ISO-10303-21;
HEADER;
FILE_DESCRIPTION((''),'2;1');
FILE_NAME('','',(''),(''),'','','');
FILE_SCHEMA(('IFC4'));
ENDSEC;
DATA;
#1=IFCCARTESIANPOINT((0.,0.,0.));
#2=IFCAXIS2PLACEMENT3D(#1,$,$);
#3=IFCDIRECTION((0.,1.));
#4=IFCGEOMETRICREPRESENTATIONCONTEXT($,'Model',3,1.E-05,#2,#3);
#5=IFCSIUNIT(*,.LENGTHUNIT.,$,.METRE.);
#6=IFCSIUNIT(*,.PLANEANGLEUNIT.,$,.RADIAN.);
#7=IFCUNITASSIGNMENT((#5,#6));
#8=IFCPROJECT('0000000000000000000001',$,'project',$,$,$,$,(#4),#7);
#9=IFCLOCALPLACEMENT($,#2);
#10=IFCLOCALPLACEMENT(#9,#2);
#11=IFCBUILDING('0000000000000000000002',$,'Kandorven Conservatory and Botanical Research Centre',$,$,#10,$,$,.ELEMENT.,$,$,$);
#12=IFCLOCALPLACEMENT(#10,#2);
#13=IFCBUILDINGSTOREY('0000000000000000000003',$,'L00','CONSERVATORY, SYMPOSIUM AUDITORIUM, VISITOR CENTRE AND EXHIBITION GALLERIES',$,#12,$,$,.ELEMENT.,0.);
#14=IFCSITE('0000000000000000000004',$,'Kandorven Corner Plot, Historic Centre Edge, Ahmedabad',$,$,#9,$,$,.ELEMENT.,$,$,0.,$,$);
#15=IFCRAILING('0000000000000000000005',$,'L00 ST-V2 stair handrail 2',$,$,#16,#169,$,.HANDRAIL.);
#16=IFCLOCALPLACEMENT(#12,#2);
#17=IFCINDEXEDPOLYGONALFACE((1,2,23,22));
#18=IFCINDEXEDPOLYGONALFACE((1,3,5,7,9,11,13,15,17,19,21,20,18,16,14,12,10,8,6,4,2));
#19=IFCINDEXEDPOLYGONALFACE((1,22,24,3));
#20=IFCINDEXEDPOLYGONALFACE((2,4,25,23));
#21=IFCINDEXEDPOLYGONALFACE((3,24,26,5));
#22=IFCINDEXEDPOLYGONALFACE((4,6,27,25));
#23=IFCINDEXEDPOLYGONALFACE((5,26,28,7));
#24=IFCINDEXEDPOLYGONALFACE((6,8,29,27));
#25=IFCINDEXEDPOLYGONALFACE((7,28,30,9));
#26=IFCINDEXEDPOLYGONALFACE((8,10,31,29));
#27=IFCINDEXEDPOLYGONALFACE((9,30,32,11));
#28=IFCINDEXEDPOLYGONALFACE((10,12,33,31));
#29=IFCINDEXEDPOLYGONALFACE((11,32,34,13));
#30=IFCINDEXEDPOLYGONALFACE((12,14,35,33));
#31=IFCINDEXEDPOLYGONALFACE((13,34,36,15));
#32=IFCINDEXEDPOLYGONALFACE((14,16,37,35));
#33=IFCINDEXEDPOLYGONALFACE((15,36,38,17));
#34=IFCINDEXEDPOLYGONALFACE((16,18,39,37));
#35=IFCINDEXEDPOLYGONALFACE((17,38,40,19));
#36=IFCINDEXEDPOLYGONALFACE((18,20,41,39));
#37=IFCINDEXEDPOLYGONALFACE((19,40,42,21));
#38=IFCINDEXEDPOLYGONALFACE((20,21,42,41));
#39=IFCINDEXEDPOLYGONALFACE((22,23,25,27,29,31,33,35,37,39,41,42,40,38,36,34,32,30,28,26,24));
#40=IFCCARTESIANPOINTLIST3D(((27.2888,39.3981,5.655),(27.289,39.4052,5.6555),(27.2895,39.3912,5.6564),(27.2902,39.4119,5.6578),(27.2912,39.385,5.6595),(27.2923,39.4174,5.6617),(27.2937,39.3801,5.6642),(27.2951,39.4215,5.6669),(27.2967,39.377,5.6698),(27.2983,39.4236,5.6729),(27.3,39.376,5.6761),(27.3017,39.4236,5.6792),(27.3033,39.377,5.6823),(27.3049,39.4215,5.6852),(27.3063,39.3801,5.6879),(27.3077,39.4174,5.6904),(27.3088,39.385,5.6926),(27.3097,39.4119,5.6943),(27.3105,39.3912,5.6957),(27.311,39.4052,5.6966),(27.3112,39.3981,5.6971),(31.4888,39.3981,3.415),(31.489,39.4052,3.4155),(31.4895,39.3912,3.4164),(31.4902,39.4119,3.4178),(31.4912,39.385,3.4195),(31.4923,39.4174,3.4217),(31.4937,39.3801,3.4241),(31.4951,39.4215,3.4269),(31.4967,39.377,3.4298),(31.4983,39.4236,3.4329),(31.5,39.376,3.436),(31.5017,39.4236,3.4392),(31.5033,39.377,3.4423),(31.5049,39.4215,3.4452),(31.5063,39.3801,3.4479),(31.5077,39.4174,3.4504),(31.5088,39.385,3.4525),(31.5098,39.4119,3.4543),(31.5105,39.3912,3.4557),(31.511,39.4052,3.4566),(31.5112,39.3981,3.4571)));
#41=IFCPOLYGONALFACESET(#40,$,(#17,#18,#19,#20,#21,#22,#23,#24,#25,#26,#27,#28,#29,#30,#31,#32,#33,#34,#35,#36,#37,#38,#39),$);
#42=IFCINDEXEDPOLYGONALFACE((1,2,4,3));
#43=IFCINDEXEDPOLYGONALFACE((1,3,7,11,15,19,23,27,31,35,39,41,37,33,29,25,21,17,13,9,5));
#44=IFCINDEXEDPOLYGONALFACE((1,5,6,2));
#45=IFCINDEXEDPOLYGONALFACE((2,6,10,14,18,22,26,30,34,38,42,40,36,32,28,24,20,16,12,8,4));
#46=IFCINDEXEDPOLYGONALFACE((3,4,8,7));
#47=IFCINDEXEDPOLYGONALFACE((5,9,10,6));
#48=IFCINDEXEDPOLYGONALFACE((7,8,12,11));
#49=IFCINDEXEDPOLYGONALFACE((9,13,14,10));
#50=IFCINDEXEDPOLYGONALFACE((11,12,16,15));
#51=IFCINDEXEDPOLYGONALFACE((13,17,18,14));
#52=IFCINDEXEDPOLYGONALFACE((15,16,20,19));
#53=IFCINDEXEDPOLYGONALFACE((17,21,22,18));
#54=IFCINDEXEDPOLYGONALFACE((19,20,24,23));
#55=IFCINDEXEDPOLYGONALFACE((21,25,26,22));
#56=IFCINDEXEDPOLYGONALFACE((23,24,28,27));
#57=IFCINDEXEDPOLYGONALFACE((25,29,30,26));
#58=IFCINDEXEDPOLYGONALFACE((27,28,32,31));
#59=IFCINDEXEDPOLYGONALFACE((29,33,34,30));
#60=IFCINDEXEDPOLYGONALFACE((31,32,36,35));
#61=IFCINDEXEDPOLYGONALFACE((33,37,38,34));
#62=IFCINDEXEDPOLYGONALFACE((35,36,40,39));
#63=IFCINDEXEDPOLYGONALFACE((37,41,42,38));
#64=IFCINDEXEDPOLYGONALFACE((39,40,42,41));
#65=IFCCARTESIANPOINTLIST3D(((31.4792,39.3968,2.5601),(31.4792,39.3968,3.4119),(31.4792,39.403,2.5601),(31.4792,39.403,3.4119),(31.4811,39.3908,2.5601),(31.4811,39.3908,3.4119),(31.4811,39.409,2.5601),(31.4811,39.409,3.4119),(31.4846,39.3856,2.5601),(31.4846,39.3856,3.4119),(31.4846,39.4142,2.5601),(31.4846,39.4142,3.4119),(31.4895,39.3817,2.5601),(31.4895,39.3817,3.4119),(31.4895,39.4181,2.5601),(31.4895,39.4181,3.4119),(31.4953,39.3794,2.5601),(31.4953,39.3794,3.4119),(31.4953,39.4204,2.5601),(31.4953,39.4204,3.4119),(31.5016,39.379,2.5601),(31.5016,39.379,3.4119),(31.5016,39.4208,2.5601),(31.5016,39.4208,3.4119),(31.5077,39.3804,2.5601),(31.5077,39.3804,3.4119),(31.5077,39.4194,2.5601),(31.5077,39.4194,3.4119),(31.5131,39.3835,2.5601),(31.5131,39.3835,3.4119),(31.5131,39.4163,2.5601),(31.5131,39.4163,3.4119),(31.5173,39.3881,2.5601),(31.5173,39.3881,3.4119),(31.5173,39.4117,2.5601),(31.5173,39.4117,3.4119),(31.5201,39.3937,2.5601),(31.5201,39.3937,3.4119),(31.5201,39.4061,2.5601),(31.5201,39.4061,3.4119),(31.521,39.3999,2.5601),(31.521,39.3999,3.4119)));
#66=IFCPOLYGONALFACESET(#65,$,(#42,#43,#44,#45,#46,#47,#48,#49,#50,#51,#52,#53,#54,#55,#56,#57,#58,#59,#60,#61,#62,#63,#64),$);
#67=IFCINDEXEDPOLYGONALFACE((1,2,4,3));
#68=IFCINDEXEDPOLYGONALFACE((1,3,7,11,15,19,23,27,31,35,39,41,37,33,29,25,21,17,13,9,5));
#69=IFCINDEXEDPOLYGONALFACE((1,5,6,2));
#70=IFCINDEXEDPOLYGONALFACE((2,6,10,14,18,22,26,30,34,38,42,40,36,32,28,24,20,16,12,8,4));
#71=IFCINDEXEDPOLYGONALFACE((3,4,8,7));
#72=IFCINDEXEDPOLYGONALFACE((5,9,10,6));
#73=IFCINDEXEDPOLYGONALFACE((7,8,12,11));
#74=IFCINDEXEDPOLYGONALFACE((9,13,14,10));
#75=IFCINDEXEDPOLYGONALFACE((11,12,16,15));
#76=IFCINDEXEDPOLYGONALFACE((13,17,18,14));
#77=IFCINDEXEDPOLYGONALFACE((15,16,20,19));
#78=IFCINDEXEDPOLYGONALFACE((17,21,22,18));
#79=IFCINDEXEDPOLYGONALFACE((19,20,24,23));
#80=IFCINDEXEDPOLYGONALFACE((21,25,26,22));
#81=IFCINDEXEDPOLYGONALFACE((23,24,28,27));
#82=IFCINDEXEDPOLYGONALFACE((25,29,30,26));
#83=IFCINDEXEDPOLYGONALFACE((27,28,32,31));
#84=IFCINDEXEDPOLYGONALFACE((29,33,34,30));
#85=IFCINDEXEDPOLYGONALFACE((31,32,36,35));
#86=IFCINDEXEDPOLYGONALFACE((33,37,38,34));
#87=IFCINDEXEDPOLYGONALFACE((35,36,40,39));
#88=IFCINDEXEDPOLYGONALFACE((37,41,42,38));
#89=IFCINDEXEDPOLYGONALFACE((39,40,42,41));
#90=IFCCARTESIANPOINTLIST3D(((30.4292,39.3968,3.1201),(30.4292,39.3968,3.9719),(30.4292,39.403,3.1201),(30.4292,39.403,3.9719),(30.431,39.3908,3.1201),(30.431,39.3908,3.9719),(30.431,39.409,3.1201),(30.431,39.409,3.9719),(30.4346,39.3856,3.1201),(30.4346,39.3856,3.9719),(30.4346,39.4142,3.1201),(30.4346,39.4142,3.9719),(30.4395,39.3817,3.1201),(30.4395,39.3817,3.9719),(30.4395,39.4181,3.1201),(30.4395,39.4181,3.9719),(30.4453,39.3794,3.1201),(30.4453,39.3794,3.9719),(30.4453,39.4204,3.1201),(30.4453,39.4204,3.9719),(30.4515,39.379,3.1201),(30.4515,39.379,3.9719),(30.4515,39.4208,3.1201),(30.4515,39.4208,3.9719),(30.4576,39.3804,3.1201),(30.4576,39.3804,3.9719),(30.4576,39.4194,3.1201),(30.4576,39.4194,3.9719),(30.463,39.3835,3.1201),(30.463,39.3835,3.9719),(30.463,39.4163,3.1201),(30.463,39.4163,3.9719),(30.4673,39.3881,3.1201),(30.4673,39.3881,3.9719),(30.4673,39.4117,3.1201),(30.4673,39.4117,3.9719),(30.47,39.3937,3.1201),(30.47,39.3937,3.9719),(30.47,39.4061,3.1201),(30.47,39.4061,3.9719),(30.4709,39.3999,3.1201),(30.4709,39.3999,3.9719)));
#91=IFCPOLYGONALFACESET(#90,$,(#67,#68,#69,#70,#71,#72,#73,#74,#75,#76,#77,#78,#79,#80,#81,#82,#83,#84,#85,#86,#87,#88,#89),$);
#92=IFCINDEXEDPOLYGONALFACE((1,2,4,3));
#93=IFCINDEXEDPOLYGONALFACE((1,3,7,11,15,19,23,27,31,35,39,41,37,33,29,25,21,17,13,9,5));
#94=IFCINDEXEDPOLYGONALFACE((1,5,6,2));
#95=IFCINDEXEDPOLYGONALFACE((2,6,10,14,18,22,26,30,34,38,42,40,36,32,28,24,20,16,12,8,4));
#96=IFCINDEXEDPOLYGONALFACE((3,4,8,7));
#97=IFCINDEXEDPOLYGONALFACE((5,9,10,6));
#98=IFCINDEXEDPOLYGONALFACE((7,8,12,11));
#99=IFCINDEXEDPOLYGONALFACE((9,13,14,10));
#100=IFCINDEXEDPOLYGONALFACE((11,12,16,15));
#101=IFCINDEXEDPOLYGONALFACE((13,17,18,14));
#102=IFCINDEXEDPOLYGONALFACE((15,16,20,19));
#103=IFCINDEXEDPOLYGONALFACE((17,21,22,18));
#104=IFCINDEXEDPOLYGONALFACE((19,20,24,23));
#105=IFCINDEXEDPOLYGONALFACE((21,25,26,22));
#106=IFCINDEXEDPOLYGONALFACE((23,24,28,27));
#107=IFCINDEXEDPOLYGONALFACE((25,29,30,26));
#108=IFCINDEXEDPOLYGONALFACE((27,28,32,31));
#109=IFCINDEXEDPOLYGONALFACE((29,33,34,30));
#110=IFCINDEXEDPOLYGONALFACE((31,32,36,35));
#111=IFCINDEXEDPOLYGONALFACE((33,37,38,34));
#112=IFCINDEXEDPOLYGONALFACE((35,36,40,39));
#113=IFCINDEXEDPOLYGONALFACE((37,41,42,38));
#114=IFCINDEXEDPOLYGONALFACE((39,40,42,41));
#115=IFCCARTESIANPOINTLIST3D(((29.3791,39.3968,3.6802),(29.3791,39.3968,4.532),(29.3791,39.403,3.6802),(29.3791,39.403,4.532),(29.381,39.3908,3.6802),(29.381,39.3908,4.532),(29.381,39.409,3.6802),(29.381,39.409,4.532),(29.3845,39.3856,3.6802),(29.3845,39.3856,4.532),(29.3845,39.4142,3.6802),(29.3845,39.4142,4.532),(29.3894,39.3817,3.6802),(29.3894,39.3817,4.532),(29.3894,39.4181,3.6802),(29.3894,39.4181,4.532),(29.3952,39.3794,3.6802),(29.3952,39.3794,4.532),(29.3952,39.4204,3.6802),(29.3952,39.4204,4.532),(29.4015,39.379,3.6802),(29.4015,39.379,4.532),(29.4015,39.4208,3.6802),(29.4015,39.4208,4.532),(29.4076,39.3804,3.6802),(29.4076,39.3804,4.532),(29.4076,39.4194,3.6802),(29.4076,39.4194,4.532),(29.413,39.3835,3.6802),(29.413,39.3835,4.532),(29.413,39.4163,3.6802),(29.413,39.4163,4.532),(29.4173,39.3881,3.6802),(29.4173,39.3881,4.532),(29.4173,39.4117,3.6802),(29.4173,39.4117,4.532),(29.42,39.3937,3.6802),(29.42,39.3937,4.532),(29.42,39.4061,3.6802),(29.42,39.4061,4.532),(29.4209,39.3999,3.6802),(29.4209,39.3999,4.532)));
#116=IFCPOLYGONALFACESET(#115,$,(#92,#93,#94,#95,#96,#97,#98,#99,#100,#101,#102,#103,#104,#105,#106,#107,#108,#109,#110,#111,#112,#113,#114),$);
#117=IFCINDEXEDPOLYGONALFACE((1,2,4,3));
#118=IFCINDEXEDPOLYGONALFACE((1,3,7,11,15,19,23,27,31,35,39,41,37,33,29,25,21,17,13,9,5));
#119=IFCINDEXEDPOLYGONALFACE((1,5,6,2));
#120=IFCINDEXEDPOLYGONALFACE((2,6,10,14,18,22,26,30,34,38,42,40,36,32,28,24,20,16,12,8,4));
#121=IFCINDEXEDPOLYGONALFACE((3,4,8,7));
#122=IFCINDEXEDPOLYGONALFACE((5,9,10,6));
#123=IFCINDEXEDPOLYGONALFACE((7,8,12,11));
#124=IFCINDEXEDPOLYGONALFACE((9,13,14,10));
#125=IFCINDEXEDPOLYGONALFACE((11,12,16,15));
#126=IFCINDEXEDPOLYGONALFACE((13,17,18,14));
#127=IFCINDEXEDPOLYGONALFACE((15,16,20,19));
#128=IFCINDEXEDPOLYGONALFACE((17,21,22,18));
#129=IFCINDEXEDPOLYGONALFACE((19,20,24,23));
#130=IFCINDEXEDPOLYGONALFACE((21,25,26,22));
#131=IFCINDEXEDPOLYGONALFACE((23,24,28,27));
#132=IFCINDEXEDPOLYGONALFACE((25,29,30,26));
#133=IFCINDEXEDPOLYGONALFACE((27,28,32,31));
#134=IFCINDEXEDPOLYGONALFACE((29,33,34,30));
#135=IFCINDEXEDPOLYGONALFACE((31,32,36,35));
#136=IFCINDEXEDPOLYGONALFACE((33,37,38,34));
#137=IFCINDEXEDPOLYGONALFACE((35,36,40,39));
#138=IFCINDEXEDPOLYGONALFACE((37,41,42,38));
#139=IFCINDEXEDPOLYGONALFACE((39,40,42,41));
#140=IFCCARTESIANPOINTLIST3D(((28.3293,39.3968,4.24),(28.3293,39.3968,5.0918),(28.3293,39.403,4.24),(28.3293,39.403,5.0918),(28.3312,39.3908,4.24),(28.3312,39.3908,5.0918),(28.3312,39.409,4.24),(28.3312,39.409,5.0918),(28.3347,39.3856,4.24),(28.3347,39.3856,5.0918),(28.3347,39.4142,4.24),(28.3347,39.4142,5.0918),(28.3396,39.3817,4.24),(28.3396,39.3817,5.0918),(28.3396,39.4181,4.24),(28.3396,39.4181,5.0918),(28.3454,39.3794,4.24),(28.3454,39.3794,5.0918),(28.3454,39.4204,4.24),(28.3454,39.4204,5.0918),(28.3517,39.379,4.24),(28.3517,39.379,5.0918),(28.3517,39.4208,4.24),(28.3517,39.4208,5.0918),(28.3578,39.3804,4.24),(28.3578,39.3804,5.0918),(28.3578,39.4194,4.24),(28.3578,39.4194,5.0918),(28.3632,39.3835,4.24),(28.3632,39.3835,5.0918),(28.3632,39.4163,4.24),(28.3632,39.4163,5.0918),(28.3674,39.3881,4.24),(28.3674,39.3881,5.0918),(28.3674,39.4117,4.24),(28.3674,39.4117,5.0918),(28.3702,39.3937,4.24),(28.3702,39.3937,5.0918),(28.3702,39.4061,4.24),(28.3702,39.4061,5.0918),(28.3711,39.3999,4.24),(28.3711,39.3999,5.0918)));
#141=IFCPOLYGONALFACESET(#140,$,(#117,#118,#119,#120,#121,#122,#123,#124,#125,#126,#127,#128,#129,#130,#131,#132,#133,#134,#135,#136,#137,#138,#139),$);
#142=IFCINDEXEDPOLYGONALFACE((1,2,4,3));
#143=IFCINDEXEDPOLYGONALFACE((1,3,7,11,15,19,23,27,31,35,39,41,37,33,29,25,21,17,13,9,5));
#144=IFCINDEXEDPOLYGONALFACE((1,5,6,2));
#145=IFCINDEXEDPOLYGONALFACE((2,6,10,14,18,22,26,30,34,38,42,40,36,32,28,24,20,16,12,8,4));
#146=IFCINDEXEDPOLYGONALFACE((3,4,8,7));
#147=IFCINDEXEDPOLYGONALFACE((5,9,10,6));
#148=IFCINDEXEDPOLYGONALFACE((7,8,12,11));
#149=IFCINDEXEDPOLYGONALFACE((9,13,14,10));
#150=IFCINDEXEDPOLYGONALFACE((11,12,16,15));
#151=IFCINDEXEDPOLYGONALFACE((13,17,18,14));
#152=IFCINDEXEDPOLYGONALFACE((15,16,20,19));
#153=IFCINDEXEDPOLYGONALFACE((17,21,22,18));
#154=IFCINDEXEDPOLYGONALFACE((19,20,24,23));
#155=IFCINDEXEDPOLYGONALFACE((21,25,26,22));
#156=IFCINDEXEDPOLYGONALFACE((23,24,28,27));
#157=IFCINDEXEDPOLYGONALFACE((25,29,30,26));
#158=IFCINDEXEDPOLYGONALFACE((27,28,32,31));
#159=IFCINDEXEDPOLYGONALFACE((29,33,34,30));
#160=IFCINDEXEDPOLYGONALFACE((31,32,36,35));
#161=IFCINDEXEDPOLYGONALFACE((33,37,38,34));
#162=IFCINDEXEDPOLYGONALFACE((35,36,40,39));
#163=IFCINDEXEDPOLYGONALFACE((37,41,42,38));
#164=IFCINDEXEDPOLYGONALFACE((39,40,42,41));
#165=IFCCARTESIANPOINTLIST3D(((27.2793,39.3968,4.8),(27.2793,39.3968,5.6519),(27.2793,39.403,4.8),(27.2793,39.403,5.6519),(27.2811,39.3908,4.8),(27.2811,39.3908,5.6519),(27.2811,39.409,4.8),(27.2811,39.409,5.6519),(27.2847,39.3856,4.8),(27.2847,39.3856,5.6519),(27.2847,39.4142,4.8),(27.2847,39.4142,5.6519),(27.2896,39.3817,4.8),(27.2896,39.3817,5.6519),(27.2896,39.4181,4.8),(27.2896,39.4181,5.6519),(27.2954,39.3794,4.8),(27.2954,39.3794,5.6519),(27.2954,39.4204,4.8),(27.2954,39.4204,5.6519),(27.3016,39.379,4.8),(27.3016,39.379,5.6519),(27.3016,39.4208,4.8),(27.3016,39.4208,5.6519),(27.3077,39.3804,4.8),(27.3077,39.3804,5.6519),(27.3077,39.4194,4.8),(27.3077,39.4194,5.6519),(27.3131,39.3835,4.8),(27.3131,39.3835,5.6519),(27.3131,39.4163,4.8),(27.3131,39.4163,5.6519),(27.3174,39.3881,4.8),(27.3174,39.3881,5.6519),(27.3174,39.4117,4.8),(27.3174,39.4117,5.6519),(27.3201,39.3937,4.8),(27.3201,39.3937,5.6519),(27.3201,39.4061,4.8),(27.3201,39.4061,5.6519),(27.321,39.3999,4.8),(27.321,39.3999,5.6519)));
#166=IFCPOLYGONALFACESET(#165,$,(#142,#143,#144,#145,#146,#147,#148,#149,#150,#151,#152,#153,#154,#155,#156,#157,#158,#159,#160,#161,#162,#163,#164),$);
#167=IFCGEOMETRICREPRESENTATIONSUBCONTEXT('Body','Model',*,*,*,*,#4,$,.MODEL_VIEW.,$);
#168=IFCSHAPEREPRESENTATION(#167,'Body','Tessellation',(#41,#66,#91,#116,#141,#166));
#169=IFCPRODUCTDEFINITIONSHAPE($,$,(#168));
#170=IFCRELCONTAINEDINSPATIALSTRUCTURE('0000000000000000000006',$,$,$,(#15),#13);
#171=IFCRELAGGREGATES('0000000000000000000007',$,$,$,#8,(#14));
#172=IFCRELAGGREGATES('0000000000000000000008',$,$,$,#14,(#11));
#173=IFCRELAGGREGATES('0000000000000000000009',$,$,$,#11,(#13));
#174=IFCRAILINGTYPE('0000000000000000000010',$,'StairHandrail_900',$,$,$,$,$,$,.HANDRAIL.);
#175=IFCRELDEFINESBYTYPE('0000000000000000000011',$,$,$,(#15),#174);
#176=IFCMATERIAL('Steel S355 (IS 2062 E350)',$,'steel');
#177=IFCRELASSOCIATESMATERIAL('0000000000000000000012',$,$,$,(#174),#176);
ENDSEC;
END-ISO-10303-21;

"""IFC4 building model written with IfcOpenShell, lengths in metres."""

from ifc_helpers import new_model, si_unit, direction, frame, origin, origin_2d, place, context, subcontext, project, spatial, circle, extrude, material, type_object, element, save


model = new_model("IFC4")

# Units and contexts
model_context = context("Model", 3, precision=1e-05, world=origin(), true_north=direction((0.0, 1.0)))
body_context = subcontext(model_context, "Body", "Model", "MODEL_VIEW")
ifc_project = project(units=[si_unit("LENGTHUNIT", "METRE"), si_unit("PLANEANGLEUNIT", "RADIAN")], contexts=[model_context])

# Site, building, storey
site_placement = place(None, origin())
site = spatial("IfcSite", under=ifc_project, at=site_placement, Name="Kandorven Corner Plot, Historic Centre Edge, Ahmedabad", CompositionType="ELEMENT", RefElevation=0.0)
building_placement = place(site_placement, origin())
building = spatial("IfcBuilding", under=site, at=building_placement, Name="Kandorven Conservatory and Botanical Research Centre", CompositionType="ELEMENT")
storey_placement = place(building_placement, origin())
storey = spatial("IfcBuildingStorey", under=building, at=storey_placement, Name="L00", Description="CONSERVATORY, SYMPOSIUM AUDITORIUM, VISITOR CENTRE AND EXHIBITION GALLERIES", CompositionType="ELEMENT", Elevation=0.0)

# Railing
ifc_material_1 = material(Name="Steel S355 (IS 2062 E350)", Category="steel")
railing_type_1 = type_object("IfcRailingType", Name="StairHandrail_900", PredefinedType="HANDRAIL", material=ifc_material_1)
railing_1_placement = place(storey_placement, frame((31.5, 39.3999, 2.5601)))
element("IfcRailing", 1, at=railing_1_placement, inside=storey, type_object=railing_type_1, Name="L00 ST-V2 stair handrail 2", PredefinedType="HANDRAIL", context=body_context, shape_type="SweptSolid", body=[
    extrude(circle(Radius=0.0239, at=origin_2d()), frame((0.0, 0.0, 0.876), z_axis=(-0.882352, 0.0, 0.470591), x_axis=(0.0, -1.0, 0.0)), (0.0, 0.0, 1.0), 4.76),
    extrude(circle(Radius=0.021, at=origin_2d()), origin(), (0.0, 0.0, 1.0), 0.8518),
    extrude(circle(Radius=0.021, at=origin_2d()), frame((-1.05, 0.0, 0.5601)), (0.0, 0.0, 1.0), 0.8518),
    extrude(circle(Radius=0.021, at=origin_2d()), frame((-2.1001, 0.0, 1.1201)), (0.0, 0.0, 1.0), 0.8518),
    extrude(circle(Radius=0.021, at=origin_2d()), frame((-3.1499, 0.0, 1.6799)), (0.0, 0.0, 1.0), 0.8518),
    extrude(circle(Radius=0.021, at=origin_2d()), frame((-4.2, 0.0, 2.24)), (0.0, 0.0, 1.0), 0.8518),
])

save(model, "model.ifc")
